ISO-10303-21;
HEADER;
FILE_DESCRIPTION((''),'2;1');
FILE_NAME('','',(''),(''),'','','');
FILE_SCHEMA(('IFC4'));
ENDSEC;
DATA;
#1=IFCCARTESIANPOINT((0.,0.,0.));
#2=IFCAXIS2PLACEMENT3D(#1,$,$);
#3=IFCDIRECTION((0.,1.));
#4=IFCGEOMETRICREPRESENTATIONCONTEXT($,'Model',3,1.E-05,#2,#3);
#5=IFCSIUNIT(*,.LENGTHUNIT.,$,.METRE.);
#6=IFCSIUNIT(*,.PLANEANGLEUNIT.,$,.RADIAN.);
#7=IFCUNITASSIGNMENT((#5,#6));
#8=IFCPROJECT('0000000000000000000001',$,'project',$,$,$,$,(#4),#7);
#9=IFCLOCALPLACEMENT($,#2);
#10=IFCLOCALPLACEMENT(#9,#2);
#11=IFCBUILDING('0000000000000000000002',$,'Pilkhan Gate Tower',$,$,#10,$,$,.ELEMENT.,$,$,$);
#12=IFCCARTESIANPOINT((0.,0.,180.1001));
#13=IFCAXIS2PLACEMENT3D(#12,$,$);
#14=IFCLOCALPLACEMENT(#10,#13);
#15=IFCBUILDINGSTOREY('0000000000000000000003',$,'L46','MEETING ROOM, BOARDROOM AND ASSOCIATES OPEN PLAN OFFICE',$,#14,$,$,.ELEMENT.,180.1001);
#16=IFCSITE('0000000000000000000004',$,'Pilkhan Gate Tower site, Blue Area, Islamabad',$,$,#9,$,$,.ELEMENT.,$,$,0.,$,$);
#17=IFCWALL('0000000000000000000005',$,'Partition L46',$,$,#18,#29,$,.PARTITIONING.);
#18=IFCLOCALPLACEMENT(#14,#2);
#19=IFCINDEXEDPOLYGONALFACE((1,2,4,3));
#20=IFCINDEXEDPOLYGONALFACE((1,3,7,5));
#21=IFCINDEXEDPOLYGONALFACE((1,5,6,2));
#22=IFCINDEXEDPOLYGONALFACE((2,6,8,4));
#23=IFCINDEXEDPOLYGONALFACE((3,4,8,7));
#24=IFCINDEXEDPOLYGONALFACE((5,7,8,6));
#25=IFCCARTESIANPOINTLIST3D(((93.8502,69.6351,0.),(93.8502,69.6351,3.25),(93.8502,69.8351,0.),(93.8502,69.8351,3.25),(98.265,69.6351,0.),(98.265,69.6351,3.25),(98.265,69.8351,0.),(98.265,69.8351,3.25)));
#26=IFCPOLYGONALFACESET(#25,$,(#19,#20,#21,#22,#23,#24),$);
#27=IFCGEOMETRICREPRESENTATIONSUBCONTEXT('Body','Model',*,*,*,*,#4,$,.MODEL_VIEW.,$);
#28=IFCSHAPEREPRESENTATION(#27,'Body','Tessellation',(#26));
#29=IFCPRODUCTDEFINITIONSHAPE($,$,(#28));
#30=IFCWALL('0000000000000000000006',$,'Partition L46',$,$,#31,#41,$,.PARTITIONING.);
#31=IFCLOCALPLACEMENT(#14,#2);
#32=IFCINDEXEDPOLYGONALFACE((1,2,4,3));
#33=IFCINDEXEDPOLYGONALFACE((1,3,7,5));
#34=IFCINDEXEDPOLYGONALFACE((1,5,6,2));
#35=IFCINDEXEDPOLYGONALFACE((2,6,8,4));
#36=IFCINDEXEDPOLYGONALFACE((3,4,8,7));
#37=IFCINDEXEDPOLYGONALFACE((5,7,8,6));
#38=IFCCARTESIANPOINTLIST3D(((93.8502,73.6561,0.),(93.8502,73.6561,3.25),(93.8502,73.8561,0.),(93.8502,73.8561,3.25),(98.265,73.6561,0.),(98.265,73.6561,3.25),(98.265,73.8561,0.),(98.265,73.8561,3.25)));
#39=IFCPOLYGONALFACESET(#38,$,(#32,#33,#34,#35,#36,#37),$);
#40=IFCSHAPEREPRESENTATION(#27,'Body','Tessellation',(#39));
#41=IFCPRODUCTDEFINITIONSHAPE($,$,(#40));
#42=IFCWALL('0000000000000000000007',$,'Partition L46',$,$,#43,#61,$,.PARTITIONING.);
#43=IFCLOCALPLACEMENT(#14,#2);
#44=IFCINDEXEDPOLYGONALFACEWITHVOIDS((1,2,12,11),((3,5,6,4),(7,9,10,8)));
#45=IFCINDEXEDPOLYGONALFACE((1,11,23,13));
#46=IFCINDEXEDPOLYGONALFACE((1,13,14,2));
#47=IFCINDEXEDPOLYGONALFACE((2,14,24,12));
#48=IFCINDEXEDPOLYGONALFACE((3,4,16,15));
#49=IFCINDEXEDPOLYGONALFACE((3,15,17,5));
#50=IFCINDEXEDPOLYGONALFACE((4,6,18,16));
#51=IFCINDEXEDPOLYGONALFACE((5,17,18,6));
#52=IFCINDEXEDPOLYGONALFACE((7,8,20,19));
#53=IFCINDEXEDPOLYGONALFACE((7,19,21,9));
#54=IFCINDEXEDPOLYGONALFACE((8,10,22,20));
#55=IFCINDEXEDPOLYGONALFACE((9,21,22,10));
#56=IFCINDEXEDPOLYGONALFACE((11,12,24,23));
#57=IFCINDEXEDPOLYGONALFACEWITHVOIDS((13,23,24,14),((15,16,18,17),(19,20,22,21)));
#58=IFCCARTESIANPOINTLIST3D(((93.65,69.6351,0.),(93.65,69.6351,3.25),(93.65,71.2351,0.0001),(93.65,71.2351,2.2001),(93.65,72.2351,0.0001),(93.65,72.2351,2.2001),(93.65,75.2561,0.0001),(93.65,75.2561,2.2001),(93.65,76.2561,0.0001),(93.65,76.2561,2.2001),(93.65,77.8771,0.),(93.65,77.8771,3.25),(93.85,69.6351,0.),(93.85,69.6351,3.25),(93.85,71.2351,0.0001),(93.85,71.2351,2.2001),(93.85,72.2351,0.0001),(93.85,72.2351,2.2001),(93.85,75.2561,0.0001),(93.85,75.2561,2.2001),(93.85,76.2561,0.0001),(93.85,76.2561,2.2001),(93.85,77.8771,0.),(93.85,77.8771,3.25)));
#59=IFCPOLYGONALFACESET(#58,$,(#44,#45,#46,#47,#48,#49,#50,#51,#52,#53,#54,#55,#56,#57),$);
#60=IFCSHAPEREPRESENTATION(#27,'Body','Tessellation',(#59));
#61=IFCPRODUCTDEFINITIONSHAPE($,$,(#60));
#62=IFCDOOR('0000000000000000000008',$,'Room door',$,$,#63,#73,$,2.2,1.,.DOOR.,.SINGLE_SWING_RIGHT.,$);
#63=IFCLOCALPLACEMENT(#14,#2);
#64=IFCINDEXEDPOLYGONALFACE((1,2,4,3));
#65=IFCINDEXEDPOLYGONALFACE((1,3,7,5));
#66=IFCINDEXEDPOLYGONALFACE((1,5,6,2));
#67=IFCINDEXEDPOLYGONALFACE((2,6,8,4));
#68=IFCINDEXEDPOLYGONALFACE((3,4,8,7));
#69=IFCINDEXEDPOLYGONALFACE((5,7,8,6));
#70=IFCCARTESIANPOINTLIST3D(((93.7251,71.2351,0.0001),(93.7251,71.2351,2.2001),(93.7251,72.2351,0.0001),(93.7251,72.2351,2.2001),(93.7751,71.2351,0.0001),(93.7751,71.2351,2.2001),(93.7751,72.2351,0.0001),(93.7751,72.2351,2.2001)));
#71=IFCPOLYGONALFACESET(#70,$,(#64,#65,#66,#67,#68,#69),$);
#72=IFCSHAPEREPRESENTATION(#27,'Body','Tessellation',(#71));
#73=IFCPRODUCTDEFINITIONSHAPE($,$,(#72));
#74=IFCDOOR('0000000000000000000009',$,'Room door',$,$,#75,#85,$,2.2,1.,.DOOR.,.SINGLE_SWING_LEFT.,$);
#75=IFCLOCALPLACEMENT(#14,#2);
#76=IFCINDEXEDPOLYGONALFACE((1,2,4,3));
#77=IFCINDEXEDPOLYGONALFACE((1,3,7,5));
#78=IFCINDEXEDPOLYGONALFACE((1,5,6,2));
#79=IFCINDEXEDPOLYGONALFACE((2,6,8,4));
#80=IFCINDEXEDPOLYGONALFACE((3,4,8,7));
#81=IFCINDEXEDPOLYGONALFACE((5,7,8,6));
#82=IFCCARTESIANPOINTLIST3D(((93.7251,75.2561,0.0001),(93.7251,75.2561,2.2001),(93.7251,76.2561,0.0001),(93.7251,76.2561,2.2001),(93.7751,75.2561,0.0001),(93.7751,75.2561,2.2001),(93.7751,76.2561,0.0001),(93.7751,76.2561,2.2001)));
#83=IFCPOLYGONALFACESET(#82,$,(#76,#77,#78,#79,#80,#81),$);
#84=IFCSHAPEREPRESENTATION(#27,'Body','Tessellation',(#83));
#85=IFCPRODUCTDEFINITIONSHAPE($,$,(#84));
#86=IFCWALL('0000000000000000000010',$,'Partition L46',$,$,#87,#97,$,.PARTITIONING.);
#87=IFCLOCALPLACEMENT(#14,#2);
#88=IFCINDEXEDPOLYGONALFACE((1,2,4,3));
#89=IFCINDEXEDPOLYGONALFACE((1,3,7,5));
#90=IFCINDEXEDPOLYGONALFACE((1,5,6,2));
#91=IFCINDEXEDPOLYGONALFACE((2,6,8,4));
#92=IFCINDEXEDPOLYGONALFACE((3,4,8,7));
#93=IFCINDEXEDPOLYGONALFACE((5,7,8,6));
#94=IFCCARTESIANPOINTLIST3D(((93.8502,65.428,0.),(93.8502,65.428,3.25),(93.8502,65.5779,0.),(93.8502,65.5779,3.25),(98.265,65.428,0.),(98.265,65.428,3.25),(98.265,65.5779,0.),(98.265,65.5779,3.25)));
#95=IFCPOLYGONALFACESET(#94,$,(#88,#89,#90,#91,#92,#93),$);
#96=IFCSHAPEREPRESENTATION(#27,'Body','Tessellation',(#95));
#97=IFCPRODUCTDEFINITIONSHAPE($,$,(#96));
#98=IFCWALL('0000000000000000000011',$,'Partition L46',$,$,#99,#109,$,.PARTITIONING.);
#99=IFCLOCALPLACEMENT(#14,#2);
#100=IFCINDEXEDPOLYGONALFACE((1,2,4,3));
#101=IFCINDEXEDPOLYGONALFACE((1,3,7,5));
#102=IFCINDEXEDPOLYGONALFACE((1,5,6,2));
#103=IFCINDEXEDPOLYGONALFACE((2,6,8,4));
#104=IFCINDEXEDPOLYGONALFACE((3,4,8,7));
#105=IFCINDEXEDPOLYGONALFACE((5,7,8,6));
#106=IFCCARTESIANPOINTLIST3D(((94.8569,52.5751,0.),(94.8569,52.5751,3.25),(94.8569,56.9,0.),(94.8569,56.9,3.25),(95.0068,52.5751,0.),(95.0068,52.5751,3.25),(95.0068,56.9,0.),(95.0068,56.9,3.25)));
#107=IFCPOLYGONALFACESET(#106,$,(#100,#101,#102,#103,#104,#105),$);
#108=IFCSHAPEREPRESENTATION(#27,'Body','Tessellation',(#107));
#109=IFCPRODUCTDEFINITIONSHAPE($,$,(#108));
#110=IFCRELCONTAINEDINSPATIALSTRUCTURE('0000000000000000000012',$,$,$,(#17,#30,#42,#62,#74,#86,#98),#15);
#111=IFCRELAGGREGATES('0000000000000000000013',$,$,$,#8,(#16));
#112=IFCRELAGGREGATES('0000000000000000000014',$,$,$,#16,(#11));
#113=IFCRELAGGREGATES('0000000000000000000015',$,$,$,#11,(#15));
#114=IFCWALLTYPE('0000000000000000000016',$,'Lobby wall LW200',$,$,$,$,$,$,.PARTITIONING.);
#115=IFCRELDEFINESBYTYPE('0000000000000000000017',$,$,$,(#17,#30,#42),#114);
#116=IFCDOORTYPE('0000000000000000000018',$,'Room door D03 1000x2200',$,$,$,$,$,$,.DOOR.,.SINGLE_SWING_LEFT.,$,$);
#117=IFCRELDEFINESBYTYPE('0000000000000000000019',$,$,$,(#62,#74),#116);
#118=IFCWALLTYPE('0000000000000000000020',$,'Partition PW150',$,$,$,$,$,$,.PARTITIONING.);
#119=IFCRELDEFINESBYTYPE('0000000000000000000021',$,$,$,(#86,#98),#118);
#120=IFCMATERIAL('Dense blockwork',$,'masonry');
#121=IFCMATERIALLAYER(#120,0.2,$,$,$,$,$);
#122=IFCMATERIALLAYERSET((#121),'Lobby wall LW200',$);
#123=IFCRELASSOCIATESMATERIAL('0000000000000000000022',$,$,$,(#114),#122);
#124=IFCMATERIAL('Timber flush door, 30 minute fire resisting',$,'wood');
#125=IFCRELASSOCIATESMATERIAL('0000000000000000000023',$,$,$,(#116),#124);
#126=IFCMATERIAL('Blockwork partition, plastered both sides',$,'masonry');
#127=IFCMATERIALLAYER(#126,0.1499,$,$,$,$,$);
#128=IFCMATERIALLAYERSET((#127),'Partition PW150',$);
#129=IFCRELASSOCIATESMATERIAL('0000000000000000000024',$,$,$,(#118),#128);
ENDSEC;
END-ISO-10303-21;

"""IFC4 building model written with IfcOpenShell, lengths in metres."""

from ifc_helpers import new_model, si_unit, direction, frame, frame_2d, origin, place, context, subcontext, project, spatial, rectangle, extrude, material, layer, layer_set, type_object, element, fill, save


model = new_model("IFC4")

# Units and contexts
model_context = context("Model", 3, precision=1e-05, world=origin(), true_north=direction((0.0, 1.0)))
body_context = subcontext(model_context, "Body", "Model", "MODEL_VIEW")
ifc_project = project(units=[si_unit("LENGTHUNIT", "METRE"), si_unit("PLANEANGLEUNIT", "RADIAN")], contexts=[model_context])

# Site, building, storey
site_placement = place(None, origin())
site = spatial("IfcSite", under=ifc_project, at=site_placement, Name="Pilkhan Gate Tower site, Blue Area, Islamabad", CompositionType="ELEMENT", RefElevation=0.0)
building_placement = place(site_placement, origin())
building = spatial("IfcBuilding", under=site, at=building_placement, Name="Pilkhan Gate Tower", CompositionType="ELEMENT")
storey_placement = place(building_placement, frame((0.0, 0.0, 180.1001)))
storey = spatial("IfcBuildingStorey", under=building, at=storey_placement, Name="L46", Description="MEETING ROOM, BOARDROOM AND ASSOCIATES OPEN PLAN OFFICE", CompositionType="ELEMENT", Elevation=180.1001)

# Walls
ifc_material_1 = material(Name="Dense blockwork", Category="masonry")
ifc_layer_1 = layer(ifc_material_1, 0.2)
ifc_layer_set_1 = layer_set([ifc_layer_1], Name="Lobby wall LW200")
wall_type_1 = type_object("IfcWallType", Name="Lobby wall LW200", PredefinedType="PARTITIONING", material=ifc_layer_set_1)
for number, where, z_axis, x_axis, name in (
    (1, (93.8501, 69.7351, 0.0), (0.0, 0.0, 1.0), (1.0, 0.0, 0.0), "Partition L46"),
    (2, (93.8501, 73.7561, 0.0), (0.0, 0.0, 1.0), (1.0, 0.0, 0.0), "Partition L46"),
):
    element("IfcWall", number, at=place(storey_placement, frame(where, z_axis=z_axis, x_axis=x_axis)), inside=storey, type_object=wall_type_1, Name=name, PredefinedType="PARTITIONING", context=body_context, shape_type="SweptSolid", body=[
        extrude(rectangle(XDim=4.4148, YDim=0.2, at=frame_2d((2.2075, 0.0))), origin(), (0.0, 0.0, 1.0), 3.25),
    ])

# Wall, openings, doors
wall_1_placement = place(storey_placement, frame((93.75, 69.635, 0.0), z_axis=(0.0, 0.0, 1.0), x_axis=(0.0, 1.0, 0.0)))
wall_1 = element("IfcWall", 3, at=wall_1_placement, inside=storey, type_object=wall_type_1, Name="Partition L46", PredefinedType="PARTITIONING", context=body_context, shape_type="SweptSolid", body=[
    extrude(rectangle(XDim=8.2419, YDim=0.2, at=frame_2d((4.1211, 0.0))), origin(), (0.0, 0.0, 1.0), 3.25),
])
opening_1_placement = place(wall_1_placement, frame((1.6001, 0.0, 0.0)))
opening_1 = element("IfcOpeningElement", 4, at=opening_1_placement, cuts=wall_1, PredefinedType="OPENING", context=body_context, shape_type="SweptSolid", body=[
    extrude(rectangle(XDim=1.0, YDim=2.2, at=frame_2d((0.5, 1.1001))), frame((0.0, 0.1099, 0.0), z_axis=(0.0, -1.0, 0.0), x_axis=(1.0, 0.0, 0.0)), (0.0, 0.0, 1.0), 0.22),
])
opening_2_placement = place(wall_1_placement, frame((5.6211, 0.0, 0.0)))
opening_2 = element("IfcOpeningElement", 5, at=opening_2_placement, cuts=wall_1, PredefinedType="OPENING", context=body_context, shape_type="SweptSolid", body=[
    extrude(rectangle(XDim=1.0, YDim=2.2, at=frame_2d((0.5, 1.1001))), frame((0.0, 0.1099, 0.0), z_axis=(0.0, -1.0, 0.0), x_axis=(1.0, 0.0, 0.0)), (0.0, 0.0, 1.0), 0.22),
])
ifc_material_2 = material(Name="Timber flush door, 30 minute fire resisting", Category="wood")
door_type = type_object("IfcDoorType", Name="Room door D03 1000x2200", OperationType="SINGLE_SWING_LEFT", PredefinedType="DOOR", material=ifc_material_2)
door_1_placement = place(opening_1_placement, origin())
door_1 = element("IfcDoor", 6, at=door_1_placement, inside=storey, type_object=door_type, Name="Room door", OperationType="SINGLE_SWING_RIGHT", OverallHeight=2.2, OverallWidth=1.0, PredefinedType="DOOR", context=body_context, shape_type="SweptSolid", body=[
    extrude(rectangle(XDim=1.0, YDim=2.2, at=frame_2d((0.5, 1.1001))), frame((0.0, 0.0249, 0.0), z_axis=(0.0, -1.0, 0.0), x_axis=(1.0, 0.0, 0.0)), (0.0, 0.0, 1.0), 0.05),
])
fill(opening_1, door_1)
door_2_placement = place(opening_2_placement, origin())
door_2 = element("IfcDoor", 7, at=door_2_placement, inside=storey, type_object=door_type, Name="Room door", OperationType="SINGLE_SWING_LEFT", OverallHeight=2.2, OverallWidth=1.0, PredefinedType="DOOR", context=body_context, shape_type="SweptSolid", body=[
    extrude(rectangle(XDim=1.0, YDim=2.2, at=frame_2d((0.5, 1.1001))), frame((0.0, 0.0249, 0.0), z_axis=(0.0, -1.0, 0.0), x_axis=(1.0, 0.0, 0.0)), (0.0, 0.0, 1.0), 0.05),
])
fill(opening_2, door_2)

# Walls
ifc_material_3 = material(Name="Blockwork partition, plastered both sides", Category="masonry")
ifc_layer_2 = layer(ifc_material_3, 0.1499)
ifc_layer_set_2 = layer_set([ifc_layer_2], Name="Partition PW150")
wall_type_2 = type_object("IfcWallType", Name="Partition PW150", PredefinedType="PARTITIONING", material=ifc_layer_set_2)
wall_2_placement = place(storey_placement, frame((93.8501, 65.5029, 0.0), z_axis=(0.0, 0.0, 1.0), x_axis=(1.0, 0.0, 0.0)))
element("IfcWall", 8, at=wall_2_placement, inside=storey, type_object=wall_type_2, Name="Partition L46", PredefinedType="PARTITIONING", context=body_context, shape_type="SweptSolid", body=[
    extrude(rectangle(XDim=4.4148, YDim=0.1499, at=frame_2d((2.2075, 0.0))), origin(), (0.0, 0.0, 1.0), 3.25),
])
wall_3_placement = place(storey_placement, frame((94.9319, 52.575, 0.0), z_axis=(0.0, 0.0, 1.0), x_axis=(0.0, 1.0, 0.0)))
element("IfcWall", 9, at=wall_3_placement, inside=storey, type_object=wall_type_2, Name="Partition L46", PredefinedType="PARTITIONING", context=body_context, shape_type="SweptSolid", body=[
    extrude(rectangle(XDim=4.325, YDim=0.1499, at=frame_2d((2.1626, 0.0))), origin(), (0.0, 0.0, 1.0), 3.25),
])

save(model, "model.ifc")
